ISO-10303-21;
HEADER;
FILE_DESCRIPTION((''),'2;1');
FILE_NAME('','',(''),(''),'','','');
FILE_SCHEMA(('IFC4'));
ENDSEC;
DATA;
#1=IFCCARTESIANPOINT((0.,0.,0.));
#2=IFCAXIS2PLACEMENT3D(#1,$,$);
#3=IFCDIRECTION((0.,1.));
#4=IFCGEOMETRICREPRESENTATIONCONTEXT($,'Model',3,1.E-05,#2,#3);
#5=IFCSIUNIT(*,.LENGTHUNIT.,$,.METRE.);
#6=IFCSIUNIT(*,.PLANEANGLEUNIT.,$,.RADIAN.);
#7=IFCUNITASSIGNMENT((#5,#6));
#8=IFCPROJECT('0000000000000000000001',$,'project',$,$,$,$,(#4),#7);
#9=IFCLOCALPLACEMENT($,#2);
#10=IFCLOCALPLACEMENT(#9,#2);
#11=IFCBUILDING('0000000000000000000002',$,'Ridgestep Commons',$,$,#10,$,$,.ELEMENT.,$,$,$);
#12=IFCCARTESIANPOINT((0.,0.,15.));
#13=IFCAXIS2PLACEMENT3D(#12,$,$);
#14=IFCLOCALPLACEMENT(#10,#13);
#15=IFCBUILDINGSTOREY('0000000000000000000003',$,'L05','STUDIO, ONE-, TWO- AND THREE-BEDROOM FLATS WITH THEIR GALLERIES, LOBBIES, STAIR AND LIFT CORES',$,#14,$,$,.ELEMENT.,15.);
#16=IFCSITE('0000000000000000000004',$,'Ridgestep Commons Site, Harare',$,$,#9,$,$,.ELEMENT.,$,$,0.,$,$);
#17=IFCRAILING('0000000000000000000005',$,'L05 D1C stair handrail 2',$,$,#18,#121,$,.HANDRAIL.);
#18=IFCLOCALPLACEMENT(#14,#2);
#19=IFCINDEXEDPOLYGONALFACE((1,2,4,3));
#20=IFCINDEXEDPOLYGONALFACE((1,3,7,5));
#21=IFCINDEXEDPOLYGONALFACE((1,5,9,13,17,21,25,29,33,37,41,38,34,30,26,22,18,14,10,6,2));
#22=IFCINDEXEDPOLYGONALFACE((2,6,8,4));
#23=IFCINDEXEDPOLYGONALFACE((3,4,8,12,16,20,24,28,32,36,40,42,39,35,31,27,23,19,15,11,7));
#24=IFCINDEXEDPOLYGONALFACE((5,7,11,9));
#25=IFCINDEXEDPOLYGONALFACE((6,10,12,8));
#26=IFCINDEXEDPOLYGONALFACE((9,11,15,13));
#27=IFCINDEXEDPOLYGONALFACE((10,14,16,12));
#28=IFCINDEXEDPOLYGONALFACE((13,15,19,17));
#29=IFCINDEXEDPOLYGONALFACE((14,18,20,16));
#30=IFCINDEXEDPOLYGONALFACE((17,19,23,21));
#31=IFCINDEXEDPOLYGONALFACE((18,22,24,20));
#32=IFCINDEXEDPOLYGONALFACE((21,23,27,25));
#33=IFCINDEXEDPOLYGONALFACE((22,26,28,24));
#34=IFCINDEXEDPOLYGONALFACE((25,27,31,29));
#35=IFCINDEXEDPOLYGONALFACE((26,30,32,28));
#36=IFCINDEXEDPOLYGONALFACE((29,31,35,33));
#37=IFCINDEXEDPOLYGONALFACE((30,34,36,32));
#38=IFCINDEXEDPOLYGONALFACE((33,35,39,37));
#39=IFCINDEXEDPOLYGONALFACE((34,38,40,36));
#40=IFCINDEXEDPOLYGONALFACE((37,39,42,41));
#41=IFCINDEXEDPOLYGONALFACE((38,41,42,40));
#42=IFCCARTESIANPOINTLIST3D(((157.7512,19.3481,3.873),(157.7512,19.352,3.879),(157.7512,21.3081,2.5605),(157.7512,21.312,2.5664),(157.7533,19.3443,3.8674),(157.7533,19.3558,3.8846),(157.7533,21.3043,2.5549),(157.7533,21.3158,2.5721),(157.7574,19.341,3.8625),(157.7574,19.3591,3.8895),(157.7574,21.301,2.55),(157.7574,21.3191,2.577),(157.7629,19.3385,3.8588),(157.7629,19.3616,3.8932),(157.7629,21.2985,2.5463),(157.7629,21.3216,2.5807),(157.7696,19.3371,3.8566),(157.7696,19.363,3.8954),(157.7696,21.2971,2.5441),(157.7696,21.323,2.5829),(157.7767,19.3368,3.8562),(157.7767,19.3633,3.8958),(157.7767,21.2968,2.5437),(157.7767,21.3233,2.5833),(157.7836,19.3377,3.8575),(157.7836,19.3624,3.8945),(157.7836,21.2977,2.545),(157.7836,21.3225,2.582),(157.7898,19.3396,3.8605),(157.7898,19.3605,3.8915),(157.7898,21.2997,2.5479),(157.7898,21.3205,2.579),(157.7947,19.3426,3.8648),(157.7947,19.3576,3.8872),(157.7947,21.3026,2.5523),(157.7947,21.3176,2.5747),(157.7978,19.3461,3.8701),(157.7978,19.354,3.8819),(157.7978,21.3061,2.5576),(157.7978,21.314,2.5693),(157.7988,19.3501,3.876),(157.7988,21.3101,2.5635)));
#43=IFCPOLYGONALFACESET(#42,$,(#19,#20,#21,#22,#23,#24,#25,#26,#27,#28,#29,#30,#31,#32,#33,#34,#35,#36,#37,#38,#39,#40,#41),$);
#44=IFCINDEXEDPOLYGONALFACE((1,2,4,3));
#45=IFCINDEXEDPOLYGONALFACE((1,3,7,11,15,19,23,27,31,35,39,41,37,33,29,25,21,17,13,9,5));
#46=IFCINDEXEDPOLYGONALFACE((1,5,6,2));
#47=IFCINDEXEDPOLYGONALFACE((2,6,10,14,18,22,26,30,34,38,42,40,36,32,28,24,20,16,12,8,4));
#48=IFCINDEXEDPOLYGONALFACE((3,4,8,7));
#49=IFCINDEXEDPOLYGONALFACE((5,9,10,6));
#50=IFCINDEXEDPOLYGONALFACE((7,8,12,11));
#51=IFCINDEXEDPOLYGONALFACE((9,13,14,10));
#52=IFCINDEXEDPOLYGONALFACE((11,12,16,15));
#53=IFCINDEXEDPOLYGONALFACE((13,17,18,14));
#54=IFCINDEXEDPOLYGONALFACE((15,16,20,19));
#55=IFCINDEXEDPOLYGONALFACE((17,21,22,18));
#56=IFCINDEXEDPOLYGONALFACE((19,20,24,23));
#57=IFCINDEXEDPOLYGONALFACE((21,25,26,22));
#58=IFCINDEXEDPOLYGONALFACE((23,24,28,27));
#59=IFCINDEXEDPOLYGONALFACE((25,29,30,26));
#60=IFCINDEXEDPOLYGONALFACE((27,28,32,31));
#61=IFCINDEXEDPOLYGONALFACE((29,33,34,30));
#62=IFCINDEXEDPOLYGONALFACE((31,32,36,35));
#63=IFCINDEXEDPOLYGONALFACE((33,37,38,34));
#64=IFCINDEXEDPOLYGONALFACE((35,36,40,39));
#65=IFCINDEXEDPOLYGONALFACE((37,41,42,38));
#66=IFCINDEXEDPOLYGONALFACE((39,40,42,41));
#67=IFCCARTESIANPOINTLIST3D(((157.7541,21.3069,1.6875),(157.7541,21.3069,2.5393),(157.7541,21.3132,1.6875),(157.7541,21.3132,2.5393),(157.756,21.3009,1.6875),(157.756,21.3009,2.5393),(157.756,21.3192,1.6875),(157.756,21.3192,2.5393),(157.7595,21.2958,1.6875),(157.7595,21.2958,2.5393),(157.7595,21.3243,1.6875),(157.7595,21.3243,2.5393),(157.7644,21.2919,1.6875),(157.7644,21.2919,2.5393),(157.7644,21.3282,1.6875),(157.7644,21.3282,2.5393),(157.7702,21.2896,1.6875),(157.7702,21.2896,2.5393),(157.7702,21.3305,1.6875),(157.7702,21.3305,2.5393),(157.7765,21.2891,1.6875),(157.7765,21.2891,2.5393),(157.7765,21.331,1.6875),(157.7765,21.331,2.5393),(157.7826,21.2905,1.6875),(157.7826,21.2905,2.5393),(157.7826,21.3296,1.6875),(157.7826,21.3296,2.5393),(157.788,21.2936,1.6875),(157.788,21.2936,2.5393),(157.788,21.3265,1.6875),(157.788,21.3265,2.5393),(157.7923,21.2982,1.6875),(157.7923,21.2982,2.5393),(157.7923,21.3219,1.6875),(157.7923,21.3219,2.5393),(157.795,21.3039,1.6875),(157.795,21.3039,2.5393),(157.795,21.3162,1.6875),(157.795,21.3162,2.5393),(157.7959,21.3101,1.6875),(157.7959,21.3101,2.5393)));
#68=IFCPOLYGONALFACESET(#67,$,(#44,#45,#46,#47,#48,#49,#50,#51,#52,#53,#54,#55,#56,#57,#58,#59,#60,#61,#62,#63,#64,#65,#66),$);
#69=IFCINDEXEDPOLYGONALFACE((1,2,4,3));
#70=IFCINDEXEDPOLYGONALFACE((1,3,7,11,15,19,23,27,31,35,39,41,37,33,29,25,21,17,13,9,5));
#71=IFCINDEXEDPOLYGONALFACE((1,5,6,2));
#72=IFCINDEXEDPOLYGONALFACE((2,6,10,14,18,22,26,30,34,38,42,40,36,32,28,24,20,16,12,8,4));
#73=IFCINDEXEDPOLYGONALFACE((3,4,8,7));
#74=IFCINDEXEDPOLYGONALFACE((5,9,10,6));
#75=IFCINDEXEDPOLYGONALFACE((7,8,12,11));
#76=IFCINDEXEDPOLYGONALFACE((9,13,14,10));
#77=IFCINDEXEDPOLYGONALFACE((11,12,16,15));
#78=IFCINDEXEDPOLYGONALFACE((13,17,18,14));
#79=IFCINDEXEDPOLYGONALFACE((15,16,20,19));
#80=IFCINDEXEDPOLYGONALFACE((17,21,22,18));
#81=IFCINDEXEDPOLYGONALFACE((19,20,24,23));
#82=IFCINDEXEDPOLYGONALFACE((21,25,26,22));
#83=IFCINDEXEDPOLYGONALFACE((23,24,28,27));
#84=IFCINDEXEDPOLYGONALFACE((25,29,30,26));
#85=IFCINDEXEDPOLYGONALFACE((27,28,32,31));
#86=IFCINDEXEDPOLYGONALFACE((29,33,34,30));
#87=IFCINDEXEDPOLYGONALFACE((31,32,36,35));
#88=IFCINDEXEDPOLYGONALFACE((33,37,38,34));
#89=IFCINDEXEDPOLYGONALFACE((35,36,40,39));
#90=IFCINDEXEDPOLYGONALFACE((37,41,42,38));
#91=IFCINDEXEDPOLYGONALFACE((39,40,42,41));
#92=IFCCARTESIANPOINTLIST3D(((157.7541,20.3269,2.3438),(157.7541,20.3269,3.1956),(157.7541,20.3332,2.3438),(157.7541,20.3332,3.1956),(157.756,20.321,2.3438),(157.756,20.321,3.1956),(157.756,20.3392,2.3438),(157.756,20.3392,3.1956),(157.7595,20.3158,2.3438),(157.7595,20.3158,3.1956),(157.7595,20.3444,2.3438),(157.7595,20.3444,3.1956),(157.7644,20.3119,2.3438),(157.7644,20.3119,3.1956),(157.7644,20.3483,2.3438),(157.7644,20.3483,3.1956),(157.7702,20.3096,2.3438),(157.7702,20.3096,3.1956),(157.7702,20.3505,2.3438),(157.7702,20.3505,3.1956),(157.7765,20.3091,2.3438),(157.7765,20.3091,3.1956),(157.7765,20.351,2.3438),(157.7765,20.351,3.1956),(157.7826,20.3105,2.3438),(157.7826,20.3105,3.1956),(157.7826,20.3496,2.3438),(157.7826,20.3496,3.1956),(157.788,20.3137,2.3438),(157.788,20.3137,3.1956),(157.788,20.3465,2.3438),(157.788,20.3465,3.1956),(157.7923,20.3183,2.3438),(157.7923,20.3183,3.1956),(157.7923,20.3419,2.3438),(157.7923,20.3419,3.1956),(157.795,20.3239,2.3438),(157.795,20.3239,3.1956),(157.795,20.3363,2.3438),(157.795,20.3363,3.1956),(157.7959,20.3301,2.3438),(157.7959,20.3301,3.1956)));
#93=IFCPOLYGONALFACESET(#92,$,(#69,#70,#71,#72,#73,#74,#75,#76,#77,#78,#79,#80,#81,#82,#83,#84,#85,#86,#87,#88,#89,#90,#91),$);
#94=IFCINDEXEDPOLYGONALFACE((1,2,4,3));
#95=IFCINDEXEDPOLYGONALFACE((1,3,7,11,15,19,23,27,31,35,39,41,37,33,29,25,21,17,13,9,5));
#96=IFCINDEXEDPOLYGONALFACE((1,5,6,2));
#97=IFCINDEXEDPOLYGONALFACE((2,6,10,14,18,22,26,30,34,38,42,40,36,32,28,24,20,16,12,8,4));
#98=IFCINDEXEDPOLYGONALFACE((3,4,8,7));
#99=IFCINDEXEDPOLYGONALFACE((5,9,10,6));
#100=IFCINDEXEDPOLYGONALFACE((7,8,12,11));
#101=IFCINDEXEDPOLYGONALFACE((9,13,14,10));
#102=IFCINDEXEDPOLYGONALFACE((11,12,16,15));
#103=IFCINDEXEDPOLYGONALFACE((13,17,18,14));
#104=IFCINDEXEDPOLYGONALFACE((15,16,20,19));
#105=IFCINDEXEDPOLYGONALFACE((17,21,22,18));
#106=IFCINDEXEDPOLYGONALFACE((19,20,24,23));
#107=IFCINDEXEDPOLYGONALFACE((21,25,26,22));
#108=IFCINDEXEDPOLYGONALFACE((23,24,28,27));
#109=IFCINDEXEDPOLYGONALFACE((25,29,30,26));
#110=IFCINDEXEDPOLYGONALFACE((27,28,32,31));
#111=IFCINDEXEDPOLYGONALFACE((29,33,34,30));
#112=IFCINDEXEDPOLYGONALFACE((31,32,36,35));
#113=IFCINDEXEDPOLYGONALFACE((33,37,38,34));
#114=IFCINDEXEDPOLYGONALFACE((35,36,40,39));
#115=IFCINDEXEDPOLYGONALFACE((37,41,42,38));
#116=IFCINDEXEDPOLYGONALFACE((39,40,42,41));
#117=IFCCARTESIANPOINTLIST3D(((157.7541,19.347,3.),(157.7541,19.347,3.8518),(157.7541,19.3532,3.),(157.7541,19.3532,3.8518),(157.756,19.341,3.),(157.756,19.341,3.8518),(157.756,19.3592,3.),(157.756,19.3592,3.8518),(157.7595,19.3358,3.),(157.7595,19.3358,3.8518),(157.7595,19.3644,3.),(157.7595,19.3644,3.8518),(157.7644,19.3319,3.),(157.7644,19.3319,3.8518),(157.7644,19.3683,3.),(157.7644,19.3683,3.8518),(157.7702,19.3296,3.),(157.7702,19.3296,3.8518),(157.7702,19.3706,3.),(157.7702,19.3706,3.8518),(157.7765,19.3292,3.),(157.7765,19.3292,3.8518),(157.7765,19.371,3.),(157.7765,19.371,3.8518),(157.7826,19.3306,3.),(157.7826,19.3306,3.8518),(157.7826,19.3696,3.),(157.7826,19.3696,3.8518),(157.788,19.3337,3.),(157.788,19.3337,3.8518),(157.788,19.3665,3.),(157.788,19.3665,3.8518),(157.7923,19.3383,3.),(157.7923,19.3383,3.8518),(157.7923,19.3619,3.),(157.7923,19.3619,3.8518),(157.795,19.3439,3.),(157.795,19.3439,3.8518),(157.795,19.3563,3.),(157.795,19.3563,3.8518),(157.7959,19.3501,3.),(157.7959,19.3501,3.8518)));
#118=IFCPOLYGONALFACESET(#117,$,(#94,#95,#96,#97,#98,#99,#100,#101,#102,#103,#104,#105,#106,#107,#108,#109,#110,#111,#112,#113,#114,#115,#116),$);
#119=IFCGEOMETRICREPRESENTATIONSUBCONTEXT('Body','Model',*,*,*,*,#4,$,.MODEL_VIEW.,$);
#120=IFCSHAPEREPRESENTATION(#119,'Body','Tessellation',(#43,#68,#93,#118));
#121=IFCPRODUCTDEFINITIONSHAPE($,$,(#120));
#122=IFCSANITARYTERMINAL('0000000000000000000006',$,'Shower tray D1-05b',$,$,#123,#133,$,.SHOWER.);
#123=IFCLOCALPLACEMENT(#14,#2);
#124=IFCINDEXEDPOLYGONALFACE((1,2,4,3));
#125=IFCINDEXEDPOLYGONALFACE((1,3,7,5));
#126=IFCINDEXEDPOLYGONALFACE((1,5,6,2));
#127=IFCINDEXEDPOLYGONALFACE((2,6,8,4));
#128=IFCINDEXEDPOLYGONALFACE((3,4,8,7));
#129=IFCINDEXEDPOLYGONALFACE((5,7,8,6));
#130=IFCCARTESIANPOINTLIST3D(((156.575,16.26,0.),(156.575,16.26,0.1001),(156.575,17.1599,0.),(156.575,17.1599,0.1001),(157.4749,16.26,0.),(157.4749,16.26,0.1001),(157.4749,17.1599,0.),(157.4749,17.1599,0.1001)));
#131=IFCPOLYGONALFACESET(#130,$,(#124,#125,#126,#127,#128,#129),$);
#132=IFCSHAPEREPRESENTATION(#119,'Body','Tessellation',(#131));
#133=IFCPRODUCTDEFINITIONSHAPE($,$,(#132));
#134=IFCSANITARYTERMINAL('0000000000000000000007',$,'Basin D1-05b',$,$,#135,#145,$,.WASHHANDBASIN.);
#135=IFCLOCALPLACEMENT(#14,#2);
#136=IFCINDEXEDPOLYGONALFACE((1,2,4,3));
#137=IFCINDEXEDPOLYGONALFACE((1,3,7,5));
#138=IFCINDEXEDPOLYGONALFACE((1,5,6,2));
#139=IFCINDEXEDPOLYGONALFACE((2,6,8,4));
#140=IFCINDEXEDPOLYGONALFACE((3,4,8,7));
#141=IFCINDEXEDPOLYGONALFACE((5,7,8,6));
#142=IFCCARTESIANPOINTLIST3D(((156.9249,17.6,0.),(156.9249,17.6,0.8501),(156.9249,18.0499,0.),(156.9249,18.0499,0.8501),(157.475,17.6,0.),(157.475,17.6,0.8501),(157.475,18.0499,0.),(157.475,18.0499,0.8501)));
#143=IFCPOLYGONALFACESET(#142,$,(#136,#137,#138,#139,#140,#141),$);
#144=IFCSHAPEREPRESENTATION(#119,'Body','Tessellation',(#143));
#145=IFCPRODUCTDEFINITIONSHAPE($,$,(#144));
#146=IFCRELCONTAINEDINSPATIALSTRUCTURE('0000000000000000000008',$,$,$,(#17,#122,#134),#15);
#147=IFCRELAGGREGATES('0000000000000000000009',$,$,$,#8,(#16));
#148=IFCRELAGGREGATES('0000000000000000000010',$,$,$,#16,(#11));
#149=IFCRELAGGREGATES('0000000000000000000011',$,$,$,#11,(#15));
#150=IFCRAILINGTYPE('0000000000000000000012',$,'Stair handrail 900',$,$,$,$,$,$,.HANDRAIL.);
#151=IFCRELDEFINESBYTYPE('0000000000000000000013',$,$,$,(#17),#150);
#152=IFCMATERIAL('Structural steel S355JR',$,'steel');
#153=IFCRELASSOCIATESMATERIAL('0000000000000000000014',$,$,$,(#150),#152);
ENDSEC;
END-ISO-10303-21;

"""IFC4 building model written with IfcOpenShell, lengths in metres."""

from ifc_helpers import new_model, si_unit, direction, frame, origin, origin_2d, place, context, subcontext, project, spatial, rectangle, circle, extrude, material, type_object, element, save


model = new_model("IFC4")

# Units and contexts
model_context = context("Model", 3, precision=1e-05, world=origin(), true_north=direction((0.0, 1.0)))
body_context = subcontext(model_context, "Body", "Model", "MODEL_VIEW")
ifc_project = project(units=[si_unit("LENGTHUNIT", "METRE"), si_unit("PLANEANGLEUNIT", "RADIAN")], contexts=[model_context])

# Site, building, storey
site_placement = place(None, origin())
site = spatial("IfcSite", under=ifc_project, at=site_placement, Name="Ridgestep Commons Site, Harare", CompositionType="ELEMENT", RefElevation=0.0)
building_placement = place(site_placement, origin())
building = spatial("IfcBuilding", under=site, at=building_placement, Name="Ridgestep Commons", CompositionType="ELEMENT")
storey_placement = place(building_placement, frame((0.0, 0.0, 15.0)))
storey = spatial("IfcBuildingStorey", under=building, at=storey_placement, Name="L05", Description="STUDIO, ONE-, TWO- AND THREE-BEDROOM FLATS WITH THEIR GALLERIES, LOBBIES, STAIR AND LIFT CORES", CompositionType="ELEMENT", Elevation=15.0)

# Railing
ifc_material_1 = material(Name="Structural steel S355JR", Category="steel")
railing_type_1 = type_object("IfcRailingType", Name="Stair handrail 900", PredefinedType="HANDRAIL", material=ifc_material_1)
railing_1_placement = place(storey_placement, frame((157.7749, 21.3101, 1.6875)))
element("IfcRailing", 1, at=railing_1_placement, inside=storey, type_object=railing_type_1, Name="L05 D1C stair handrail 2", PredefinedType="HANDRAIL", context=body_context, shape_type="SweptSolid", body=[
    extrude(circle(Radius=0.0239, at=origin_2d()), frame((0.0, 0.0, 0.876), z_axis=(0.0, -0.830902, 0.556419), x_axis=(1.0, 0.0, 0.0)), (0.0, 0.0, 1.0), 2.3589),
    extrude(circle(Radius=0.021, at=origin_2d()), origin(), (0.0, 0.0, 1.0), 0.8518),
    extrude(circle(Radius=0.021, at=origin_2d()), frame((0.0, -0.98, 0.6562)), (0.0, 0.0, 1.0), 0.8518),
    extrude(circle(Radius=0.021, at=origin_2d()), frame((0.0, -1.96, 1.3125)), (0.0, 0.0, 1.0), 0.8518),
])

# Sanitary terminals
sanitary_terminal_1_placement = place(storey_placement, frame((157.0249, 16.71, 0.0), z_axis=(0.0, 0.0, 1.0), x_axis=(1.0, 0.0, 0.0)))
element("IfcSanitaryTerminal", 2, at=sanitary_terminal_1_placement, inside=storey, Name="Shower tray D1-05b", PredefinedType="SHOWER", context=body_context, shape_type="SweptSolid", body=[
    extrude(rectangle(XDim=0.8999, YDim=0.8999, at=origin_2d()), origin(), (0.0, 0.0, 1.0), 0.1001),
])
sanitary_terminal_2_placement = place(storey_placement, frame((157.2, 17.825, 0.0), z_axis=(0.0, 0.0, 1.0), x_axis=(1.0, 0.0, 0.0)))
element("IfcSanitaryTerminal", 3, at=sanitary_terminal_2_placement, inside=storey, Name="Basin D1-05b", PredefinedType="WASHHANDBASIN", context=body_context, shape_type="SweptSolid", body=[
    extrude(rectangle(XDim=0.55, YDim=0.45, at=origin_2d()), origin(), (0.0, 0.0, 1.0), 0.8501),
])

save(model, "model.ifc")
